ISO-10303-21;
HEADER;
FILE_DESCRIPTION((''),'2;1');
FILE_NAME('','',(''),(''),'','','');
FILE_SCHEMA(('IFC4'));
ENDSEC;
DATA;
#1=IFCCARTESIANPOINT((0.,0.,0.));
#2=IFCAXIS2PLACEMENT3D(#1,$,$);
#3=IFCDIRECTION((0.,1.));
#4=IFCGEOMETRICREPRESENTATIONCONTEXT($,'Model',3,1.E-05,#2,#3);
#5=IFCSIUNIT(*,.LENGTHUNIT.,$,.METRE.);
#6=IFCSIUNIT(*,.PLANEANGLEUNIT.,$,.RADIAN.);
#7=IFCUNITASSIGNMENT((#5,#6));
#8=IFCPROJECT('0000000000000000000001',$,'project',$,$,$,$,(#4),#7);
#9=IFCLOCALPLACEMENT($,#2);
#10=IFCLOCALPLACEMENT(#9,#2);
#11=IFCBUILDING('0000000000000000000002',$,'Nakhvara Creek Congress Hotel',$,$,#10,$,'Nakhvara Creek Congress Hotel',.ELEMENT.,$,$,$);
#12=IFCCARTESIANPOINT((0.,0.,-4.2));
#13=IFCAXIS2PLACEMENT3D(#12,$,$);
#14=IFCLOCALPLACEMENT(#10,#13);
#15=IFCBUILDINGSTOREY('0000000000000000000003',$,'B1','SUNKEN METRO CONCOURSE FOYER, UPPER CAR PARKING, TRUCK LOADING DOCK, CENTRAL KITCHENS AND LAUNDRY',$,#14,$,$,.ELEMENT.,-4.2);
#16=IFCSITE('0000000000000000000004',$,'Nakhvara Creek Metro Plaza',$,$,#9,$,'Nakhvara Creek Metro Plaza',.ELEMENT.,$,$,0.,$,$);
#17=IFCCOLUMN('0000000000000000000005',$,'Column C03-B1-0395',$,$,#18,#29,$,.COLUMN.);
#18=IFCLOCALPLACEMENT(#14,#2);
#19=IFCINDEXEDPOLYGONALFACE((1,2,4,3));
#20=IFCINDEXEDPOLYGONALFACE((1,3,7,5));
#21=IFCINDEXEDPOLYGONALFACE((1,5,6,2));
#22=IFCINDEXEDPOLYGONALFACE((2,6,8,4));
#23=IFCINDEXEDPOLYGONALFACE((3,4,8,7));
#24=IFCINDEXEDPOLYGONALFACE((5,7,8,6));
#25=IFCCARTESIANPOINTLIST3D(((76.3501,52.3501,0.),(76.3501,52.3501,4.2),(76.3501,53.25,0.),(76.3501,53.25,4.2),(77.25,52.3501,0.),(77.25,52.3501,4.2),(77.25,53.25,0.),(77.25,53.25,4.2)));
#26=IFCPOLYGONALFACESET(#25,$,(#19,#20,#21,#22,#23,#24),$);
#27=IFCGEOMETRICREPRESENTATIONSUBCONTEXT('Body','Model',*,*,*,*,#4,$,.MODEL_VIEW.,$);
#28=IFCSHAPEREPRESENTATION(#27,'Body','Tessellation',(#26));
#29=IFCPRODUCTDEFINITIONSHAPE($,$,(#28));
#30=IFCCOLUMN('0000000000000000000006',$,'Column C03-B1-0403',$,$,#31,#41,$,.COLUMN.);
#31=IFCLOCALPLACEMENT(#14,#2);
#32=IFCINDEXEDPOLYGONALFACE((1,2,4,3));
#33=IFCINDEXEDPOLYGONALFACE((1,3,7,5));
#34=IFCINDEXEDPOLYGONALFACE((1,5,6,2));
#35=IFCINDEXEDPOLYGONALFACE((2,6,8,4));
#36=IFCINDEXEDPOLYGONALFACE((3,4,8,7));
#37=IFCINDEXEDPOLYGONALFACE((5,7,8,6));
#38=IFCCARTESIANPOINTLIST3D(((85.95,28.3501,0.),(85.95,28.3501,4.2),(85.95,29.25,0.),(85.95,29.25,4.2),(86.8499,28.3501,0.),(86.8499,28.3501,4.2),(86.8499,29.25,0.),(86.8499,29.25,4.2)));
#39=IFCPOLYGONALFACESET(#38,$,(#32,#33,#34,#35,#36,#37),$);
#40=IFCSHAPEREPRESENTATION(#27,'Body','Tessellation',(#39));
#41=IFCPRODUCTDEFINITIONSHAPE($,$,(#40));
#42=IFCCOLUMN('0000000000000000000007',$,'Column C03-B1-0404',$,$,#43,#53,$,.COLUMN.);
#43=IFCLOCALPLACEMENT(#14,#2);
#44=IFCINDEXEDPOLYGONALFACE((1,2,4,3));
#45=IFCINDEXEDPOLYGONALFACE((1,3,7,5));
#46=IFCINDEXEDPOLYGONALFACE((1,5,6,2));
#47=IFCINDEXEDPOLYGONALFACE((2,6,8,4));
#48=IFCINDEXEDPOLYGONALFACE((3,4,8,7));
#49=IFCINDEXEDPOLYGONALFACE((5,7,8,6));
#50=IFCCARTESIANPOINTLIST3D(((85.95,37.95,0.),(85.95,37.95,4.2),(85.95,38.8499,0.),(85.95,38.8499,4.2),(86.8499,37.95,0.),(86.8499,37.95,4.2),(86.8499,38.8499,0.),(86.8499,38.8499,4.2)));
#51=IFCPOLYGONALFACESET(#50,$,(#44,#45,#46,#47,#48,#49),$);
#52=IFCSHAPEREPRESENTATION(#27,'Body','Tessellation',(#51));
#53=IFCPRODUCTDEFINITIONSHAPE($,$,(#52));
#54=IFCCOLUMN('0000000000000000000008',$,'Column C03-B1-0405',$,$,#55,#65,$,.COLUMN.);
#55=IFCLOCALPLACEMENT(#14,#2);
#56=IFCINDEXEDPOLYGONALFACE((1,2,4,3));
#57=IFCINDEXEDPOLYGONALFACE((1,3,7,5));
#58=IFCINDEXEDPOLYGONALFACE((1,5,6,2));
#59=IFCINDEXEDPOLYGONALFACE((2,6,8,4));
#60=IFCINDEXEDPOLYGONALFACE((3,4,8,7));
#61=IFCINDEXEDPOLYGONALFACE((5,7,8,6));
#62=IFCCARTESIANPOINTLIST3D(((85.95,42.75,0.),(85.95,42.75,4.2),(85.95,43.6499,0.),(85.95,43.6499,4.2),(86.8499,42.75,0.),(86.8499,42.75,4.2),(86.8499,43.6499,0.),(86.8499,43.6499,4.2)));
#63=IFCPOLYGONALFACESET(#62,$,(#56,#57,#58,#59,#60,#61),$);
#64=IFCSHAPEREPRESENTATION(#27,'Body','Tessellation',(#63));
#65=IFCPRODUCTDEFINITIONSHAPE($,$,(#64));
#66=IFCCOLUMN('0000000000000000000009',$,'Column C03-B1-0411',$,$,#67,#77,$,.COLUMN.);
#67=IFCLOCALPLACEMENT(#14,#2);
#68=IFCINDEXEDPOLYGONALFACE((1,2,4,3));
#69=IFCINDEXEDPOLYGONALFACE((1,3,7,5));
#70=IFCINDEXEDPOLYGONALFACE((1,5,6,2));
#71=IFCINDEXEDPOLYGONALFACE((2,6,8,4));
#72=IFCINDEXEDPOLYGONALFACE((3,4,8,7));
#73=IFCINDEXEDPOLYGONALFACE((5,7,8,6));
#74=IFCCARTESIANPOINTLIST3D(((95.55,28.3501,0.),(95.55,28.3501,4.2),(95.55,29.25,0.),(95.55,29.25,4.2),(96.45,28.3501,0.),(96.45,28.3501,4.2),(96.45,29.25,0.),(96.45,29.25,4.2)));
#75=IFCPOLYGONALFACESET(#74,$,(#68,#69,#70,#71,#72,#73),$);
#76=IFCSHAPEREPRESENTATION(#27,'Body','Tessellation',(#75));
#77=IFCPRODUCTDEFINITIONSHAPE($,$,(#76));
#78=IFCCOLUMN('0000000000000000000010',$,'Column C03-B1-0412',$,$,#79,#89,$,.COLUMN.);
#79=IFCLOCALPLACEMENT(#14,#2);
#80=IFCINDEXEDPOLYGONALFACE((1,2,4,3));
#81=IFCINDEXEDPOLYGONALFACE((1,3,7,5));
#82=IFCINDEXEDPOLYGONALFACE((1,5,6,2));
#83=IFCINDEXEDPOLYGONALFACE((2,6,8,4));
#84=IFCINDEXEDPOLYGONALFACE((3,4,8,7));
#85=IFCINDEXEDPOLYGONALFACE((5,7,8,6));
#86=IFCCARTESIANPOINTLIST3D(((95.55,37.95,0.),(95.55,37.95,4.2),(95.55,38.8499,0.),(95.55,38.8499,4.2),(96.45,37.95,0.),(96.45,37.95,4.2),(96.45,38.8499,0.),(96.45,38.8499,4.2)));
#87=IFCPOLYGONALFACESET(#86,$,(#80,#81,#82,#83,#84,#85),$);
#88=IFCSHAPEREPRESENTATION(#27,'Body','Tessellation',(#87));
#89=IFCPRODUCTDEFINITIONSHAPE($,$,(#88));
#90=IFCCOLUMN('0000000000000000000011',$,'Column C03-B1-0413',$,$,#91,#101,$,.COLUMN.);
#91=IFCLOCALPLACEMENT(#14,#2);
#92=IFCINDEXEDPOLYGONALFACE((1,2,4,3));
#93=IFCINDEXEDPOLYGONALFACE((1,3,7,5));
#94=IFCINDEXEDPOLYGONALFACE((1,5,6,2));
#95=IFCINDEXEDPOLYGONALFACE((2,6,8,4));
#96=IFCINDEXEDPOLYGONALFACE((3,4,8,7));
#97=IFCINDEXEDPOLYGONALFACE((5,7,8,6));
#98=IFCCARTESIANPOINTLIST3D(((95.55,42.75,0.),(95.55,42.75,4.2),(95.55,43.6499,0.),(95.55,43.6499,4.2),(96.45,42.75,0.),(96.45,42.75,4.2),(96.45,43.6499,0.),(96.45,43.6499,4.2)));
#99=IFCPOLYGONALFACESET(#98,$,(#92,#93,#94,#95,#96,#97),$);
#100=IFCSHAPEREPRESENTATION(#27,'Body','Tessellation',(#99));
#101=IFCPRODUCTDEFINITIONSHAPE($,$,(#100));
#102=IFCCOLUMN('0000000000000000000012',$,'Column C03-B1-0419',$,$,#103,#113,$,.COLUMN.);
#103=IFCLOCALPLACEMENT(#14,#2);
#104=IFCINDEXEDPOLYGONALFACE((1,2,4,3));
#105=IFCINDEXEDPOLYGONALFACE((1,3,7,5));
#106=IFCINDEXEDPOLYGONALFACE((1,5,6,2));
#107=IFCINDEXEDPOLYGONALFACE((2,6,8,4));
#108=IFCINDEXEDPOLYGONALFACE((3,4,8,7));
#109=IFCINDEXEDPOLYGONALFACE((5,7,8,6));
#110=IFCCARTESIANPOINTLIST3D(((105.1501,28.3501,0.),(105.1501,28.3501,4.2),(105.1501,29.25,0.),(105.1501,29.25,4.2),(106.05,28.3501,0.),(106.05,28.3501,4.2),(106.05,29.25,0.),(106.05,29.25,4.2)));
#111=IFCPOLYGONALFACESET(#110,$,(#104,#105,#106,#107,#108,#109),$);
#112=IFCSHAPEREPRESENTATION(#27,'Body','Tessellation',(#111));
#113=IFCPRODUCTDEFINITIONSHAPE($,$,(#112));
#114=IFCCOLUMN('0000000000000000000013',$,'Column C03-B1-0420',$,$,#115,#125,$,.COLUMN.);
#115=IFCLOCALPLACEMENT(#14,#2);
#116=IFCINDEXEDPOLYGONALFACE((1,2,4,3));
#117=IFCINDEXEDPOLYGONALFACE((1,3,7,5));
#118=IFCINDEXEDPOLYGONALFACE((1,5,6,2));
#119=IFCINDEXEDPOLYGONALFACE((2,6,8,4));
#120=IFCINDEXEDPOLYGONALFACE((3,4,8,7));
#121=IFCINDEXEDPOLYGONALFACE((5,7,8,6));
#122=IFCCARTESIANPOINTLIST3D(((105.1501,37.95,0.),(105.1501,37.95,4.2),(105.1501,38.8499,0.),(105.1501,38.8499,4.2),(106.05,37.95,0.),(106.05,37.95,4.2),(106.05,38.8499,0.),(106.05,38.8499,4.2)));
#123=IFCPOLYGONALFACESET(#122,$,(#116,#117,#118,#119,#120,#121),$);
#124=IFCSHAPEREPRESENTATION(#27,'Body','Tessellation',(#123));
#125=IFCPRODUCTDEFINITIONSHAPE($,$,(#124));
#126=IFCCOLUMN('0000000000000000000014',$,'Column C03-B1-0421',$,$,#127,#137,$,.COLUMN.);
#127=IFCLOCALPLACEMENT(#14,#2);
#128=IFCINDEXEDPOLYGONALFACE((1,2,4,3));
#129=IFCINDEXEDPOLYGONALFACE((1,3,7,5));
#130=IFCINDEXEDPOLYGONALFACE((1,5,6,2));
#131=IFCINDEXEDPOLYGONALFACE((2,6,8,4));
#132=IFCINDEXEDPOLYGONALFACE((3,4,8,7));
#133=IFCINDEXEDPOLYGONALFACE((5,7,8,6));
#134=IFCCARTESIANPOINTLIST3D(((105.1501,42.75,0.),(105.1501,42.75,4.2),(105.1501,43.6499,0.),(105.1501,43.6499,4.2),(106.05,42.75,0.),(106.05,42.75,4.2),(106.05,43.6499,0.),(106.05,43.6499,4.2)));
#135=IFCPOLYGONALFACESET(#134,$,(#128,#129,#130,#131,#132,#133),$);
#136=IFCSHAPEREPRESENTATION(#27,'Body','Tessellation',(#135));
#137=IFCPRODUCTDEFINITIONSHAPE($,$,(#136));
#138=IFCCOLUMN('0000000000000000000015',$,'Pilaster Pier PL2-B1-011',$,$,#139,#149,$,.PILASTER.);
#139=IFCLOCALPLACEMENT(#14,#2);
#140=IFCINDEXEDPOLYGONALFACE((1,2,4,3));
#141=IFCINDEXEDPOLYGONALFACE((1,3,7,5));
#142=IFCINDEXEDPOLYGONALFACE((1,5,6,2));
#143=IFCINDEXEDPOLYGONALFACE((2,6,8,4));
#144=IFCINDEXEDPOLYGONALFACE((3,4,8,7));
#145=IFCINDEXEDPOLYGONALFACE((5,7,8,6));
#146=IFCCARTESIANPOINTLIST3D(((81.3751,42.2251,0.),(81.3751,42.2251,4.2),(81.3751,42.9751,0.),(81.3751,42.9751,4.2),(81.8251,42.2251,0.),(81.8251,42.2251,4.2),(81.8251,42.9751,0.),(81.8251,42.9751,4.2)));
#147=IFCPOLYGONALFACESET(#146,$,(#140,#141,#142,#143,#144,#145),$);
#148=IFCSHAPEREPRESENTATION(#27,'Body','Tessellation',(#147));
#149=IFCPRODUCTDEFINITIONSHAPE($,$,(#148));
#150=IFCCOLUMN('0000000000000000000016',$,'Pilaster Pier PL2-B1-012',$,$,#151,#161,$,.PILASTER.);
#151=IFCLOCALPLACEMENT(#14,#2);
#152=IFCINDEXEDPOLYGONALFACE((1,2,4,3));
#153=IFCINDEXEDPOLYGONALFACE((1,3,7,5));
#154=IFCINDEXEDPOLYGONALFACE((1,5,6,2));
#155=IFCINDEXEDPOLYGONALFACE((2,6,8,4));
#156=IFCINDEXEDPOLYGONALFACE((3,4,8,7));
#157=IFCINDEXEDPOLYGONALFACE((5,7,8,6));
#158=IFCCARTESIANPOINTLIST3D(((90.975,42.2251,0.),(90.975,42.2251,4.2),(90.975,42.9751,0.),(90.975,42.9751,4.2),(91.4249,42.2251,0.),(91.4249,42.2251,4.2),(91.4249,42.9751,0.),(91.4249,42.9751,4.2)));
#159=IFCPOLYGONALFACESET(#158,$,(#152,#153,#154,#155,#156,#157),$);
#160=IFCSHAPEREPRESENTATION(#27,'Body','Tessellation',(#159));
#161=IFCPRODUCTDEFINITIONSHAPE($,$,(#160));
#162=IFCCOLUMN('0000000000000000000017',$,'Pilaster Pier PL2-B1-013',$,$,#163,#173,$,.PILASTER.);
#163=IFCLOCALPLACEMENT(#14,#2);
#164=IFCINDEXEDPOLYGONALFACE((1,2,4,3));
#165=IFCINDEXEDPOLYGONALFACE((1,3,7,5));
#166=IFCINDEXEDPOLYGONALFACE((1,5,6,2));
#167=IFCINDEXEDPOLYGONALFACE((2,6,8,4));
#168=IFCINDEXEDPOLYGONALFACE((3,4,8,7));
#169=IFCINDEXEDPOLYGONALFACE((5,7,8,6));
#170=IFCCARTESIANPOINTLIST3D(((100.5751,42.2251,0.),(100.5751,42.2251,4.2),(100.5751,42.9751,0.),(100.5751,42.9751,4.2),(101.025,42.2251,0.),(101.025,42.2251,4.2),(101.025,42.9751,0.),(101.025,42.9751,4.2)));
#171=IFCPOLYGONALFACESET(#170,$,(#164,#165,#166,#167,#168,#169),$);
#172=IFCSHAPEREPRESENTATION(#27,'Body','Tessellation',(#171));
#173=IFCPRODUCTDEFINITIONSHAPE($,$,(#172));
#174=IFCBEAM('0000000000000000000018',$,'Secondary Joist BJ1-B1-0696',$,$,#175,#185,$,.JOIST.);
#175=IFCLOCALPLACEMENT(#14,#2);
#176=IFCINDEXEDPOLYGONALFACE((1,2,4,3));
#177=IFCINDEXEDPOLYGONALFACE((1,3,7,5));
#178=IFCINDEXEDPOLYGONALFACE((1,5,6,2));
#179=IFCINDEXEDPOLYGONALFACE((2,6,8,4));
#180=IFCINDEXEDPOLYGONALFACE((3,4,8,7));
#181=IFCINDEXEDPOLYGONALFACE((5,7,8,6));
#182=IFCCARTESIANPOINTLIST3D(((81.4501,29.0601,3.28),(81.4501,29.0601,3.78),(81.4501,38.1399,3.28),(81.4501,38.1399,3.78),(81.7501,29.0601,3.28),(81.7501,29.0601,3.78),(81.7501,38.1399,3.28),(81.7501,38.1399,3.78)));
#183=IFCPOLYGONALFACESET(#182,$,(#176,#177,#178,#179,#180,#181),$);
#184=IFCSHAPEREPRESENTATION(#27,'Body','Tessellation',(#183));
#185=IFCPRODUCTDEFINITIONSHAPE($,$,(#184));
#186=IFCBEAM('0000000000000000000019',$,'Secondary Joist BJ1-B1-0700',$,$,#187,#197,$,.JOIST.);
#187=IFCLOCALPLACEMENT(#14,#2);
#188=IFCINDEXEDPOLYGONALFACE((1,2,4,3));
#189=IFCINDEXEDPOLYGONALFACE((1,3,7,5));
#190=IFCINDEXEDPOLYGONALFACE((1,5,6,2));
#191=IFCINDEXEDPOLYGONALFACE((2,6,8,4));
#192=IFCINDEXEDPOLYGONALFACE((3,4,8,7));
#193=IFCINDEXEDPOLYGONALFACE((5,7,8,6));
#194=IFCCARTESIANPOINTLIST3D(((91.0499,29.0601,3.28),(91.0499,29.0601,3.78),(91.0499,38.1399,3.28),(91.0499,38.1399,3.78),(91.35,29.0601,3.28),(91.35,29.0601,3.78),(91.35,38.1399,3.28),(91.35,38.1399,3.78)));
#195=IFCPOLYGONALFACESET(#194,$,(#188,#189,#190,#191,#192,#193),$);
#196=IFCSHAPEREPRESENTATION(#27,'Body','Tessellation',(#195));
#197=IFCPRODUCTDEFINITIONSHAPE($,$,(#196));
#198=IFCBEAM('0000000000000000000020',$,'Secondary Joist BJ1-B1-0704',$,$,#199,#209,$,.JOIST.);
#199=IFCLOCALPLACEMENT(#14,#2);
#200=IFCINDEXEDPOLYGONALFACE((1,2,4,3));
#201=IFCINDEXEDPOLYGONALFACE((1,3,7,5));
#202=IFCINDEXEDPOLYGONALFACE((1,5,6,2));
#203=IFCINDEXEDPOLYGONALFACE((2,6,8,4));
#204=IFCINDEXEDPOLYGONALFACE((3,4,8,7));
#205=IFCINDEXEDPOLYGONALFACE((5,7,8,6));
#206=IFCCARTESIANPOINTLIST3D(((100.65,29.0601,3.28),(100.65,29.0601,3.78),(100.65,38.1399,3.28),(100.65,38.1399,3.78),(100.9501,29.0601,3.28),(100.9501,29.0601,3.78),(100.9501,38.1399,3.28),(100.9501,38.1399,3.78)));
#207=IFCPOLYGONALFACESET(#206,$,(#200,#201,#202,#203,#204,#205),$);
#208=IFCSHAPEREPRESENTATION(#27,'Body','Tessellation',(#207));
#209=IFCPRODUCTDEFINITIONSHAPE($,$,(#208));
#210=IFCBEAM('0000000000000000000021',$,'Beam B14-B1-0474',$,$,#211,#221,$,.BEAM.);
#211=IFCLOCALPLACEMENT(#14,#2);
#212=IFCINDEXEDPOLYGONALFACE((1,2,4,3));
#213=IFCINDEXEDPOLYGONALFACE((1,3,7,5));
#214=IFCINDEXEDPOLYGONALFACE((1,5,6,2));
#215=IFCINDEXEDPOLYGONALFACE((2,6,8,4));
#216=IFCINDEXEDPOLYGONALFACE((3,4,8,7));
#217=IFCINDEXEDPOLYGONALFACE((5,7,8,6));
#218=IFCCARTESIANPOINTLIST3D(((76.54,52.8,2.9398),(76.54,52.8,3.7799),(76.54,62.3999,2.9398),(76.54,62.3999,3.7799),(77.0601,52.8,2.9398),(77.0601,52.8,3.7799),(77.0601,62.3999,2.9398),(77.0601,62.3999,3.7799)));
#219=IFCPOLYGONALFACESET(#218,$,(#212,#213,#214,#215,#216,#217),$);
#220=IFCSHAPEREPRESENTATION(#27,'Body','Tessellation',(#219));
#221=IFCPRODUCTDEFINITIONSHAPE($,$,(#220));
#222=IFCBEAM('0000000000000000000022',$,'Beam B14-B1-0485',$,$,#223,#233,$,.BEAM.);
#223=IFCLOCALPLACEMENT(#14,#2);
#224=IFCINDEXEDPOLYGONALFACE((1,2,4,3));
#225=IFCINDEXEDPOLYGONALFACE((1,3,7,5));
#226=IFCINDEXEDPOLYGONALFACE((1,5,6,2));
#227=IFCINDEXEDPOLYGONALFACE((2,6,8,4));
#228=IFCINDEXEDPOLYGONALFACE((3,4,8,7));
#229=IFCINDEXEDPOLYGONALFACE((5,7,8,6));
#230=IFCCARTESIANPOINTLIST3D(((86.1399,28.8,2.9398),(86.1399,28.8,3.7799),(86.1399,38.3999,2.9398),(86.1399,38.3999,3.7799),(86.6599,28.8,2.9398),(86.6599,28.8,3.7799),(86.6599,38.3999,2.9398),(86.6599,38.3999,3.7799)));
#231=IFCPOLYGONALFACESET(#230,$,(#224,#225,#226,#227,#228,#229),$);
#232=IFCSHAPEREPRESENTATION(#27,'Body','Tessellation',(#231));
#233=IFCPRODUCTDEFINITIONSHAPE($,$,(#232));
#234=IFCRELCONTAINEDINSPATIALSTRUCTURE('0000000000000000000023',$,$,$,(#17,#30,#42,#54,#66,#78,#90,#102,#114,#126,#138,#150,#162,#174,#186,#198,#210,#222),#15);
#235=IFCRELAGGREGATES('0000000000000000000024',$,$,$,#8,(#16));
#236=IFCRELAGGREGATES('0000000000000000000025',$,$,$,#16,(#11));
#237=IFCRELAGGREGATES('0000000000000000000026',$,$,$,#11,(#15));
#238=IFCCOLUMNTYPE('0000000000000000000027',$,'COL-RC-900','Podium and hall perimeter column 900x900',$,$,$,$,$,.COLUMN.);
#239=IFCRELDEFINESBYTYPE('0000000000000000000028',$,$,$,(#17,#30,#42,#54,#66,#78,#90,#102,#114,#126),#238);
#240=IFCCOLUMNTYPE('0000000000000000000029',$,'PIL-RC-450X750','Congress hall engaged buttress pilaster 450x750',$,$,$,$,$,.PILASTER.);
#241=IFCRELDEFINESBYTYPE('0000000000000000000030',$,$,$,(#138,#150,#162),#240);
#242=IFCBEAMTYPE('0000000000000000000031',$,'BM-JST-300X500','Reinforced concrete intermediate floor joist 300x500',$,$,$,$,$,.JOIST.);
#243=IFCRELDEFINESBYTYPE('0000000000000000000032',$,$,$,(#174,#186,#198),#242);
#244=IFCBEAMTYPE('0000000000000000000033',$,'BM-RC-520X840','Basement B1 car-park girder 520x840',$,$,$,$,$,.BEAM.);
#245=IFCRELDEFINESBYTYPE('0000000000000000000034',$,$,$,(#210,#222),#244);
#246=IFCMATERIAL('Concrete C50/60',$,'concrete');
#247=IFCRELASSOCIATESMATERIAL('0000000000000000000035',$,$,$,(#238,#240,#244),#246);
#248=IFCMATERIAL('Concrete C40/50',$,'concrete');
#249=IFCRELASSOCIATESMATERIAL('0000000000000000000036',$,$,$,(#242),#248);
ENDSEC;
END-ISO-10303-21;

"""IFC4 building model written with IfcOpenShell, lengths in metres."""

from ifc_helpers import new_model, si_unit, direction, frame, origin, origin_2d, place, context, subcontext, project, spatial, rectangle, extrude, material, material_profile, profile_set, type_object, element, save


model = new_model("IFC4")

# Units and contexts
model_context = context("Model", 3, precision=1e-05, world=origin(), true_north=direction((0.0, 1.0)))
body_context = subcontext(model_context, "Body", "Model", "MODEL_VIEW")
ifc_project = project(units=[si_unit("LENGTHUNIT", "METRE"), si_unit("PLANEANGLEUNIT", "RADIAN")], contexts=[model_context])

# Site, building, storey
site_placement = place(None, origin())
site = spatial("IfcSite", under=ifc_project, at=site_placement, Name="Nakhvara Creek Metro Plaza", LongName="Nakhvara Creek Metro Plaza", CompositionType="ELEMENT", RefElevation=0.0)
building_placement = place(site_placement, origin())
building = spatial("IfcBuilding", under=site, at=building_placement, Name="Nakhvara Creek Congress Hotel", LongName="Nakhvara Creek Congress Hotel", CompositionType="ELEMENT")
storey_placement = place(building_placement, frame((0.0, 0.0, -4.2)))
storey = spatial("IfcBuildingStorey", under=building, at=storey_placement, Name="B1", Description="SUNKEN METRO CONCOURSE FOYER, UPPER CAR PARKING, TRUCK LOADING DOCK, CENTRAL KITCHENS AND LAUNDRY", CompositionType="ELEMENT", Elevation=-4.2)

# Columns
ifc_material_1 = material(Name="Concrete C50/60", Category="concrete")
ifc_material_profile_1 = material_profile(ifc_material_1, rectangle(XDim=0.8999, YDim=0.8999, at=origin_2d()), Name="RC-COL 900x900", Category="LoadBearing")
ifc_profile_set_1 = profile_set([ifc_material_profile_1], Name="Concrete C50/60")
column_type_1 = type_object("IfcColumnType", Name="COL-RC-900", Description="Podium and hall perimeter column 900x900", PredefinedType="COLUMN", material=ifc_profile_set_1)
for number, where, z_axis, x_axis, name in (
    (1, (76.8, 52.8, 0.0), (0.0, 0.0, 1.0), (1.0, 0.0, 0.0), "Column C03-B1-0395"),
    (2, (86.3999, 28.8, 0.0), (0.0, 0.0, 1.0), (1.0, 0.0, 0.0), "Column C03-B1-0403"),
    (3, (86.3999, 38.3999, 0.0), (0.0, 0.0, 1.0), (1.0, 0.0, 0.0), "Column C03-B1-0404"),
    (4, (86.3999, 43.2, 0.0), (0.0, 0.0, 1.0), (1.0, 0.0, 0.0), "Column C03-B1-0405"),
    (5, (96.0, 28.8, 0.0), (0.0, 0.0, 1.0), (1.0, 0.0, 0.0), "Column C03-B1-0411"),
    (6, (96.0, 38.3999, 0.0), (0.0, 0.0, 1.0), (1.0, 0.0, 0.0), "Column C03-B1-0412"),
    (7, (96.0, 43.2, 0.0), (0.0, 0.0, 1.0), (1.0, 0.0, 0.0), "Column C03-B1-0413"),
    (8, (105.6001, 28.8, 0.0), (0.0, 0.0, 1.0), (1.0, 0.0, 0.0), "Column C03-B1-0419"),
    (9, (105.6001, 38.3999, 0.0), (0.0, 0.0, 1.0), (1.0, 0.0, 0.0), "Column C03-B1-0420"),
    (10, (105.6001, 43.2, 0.0), (0.0, 0.0, 1.0), (1.0, 0.0, 0.0), "Column C03-B1-0421"),
):
    element("IfcColumn", number, at=place(storey_placement, frame(where, z_axis=z_axis, x_axis=x_axis)), inside=storey, type_object=column_type_1, Name=name, PredefinedType="COLUMN", context=body_context, shape_type="SweptSolid", body=[
        extrude(rectangle(XDim=0.8999, YDim=0.8999, at=origin_2d()), origin(), (0.0, 0.0, 1.0), 4.2),
    ])
ifc_material_profile_2 = material_profile(ifc_material_1, rectangle(XDim=0.45, YDim=0.75, at=origin_2d()), Name="RC-PIL 450x750", Category="LoadBearing")
ifc_profile_set_2 = profile_set([ifc_material_profile_2], Name="Concrete C50/60")
column_type_2 = type_object("IfcColumnType", Name="PIL-RC-450X750", Description="Congress hall engaged buttress pilaster 450x750", PredefinedType="PILASTER", material=ifc_profile_set_2)
for number, where, z_axis, x_axis, name in (
    (11, (81.6001, 42.6001, 0.0), (0.0, 0.0, 1.0), (1.0, 0.0, 0.0), "Pilaster Pier PL2-B1-011"),
    (12, (91.2, 42.6001, 0.0), (0.0, 0.0, 1.0), (1.0, 0.0, 0.0), "Pilaster Pier PL2-B1-012"),
    (13, (100.8, 42.6001, 0.0), (0.0, 0.0, 1.0), (1.0, 0.0, 0.0), "Pilaster Pier PL2-B1-013"),
):
    element("IfcColumn", number, at=place(storey_placement, frame(where, z_axis=z_axis, x_axis=x_axis)), inside=storey, type_object=column_type_2, Name=name, PredefinedType="PILASTER", context=body_context, shape_type="SweptSolid", body=[
        extrude(rectangle(XDim=0.45, YDim=0.75, at=origin_2d()), origin(), (0.0, 0.0, 1.0), 4.2),
    ])

# Beams
ifc_material_2 = material(Name="Concrete C40/50", Category="concrete")
ifc_material_profile_3 = material_profile(ifc_material_2, rectangle(XDim=0.3, YDim=0.5, at=origin_2d()), Name="RC-BM 300x500", Category="LoadBearing")
ifc_profile_set_3 = profile_set([ifc_material_profile_3], Name="Concrete C40/50")
beam_type_1 = type_object("IfcBeamType", Name="BM-JST-300X500", Description="Reinforced concrete intermediate floor joist 300x500", PredefinedType="JOIST", material=ifc_profile_set_3)
for number, where, z_axis, x_axis, name in (
    (14, (81.6001, 29.0601, 3.53), (0.0, 1.0, 0.0), (-1.0, 0.0, 0.0), "Secondary Joist BJ1-B1-0696"),
    (15, (91.2, 29.0601, 3.53), (0.0, 1.0, 0.0), (-1.0, 0.0, 0.0), "Secondary Joist BJ1-B1-0700"),
    (16, (100.8, 29.0601, 3.53), (0.0, 1.0, 0.0), (-1.0, 0.0, 0.0), "Secondary Joist BJ1-B1-0704"),
):
    element("IfcBeam", number, at=place(storey_placement, frame(where, z_axis=z_axis, x_axis=x_axis)), inside=storey, type_object=beam_type_1, Name=name, PredefinedType="JOIST", context=body_context, shape_type="SweptSolid", body=[
        extrude(rectangle(XDim=0.3, YDim=0.5, at=origin_2d()), origin(), (0.0, 0.0, 1.0), 9.0798),
    ])
ifc_material_profile_4 = material_profile(ifc_material_1, rectangle(XDim=0.52, YDim=0.8401, at=origin_2d()), Name="RC-BM 520x840", Category="LoadBearing")
ifc_profile_set_4 = profile_set([ifc_material_profile_4], Name="Concrete C50/60")
beam_type_2 = type_object("IfcBeamType", Name="BM-RC-520X840", Description="Basement B1 car-park girder 520x840", PredefinedType="BEAM", material=ifc_profile_set_4)
for number, where, z_axis, x_axis, name in (
    (17, (76.8, 52.8, 3.3599), (0.0, 1.0, 0.0), (-1.0, 0.0, 0.0), "Beam B14-B1-0474"),
    (18, (86.3999, 28.8, 3.3599), (0.0, 1.0, 0.0), (-1.0, 0.0, 0.0), "Beam B14-B1-0485"),
):
    element("IfcBeam", number, at=place(storey_placement, frame(where, z_axis=z_axis, x_axis=x_axis)), inside=storey, type_object=beam_type_2, Name=name, PredefinedType="BEAM", context=body_context, shape_type="SweptSolid", body=[
        extrude(rectangle(XDim=0.52, YDim=0.8401, at=origin_2d()), origin(), (0.0, 0.0, 1.0), 9.5999),
    ])

save(model, "model.ifc")
